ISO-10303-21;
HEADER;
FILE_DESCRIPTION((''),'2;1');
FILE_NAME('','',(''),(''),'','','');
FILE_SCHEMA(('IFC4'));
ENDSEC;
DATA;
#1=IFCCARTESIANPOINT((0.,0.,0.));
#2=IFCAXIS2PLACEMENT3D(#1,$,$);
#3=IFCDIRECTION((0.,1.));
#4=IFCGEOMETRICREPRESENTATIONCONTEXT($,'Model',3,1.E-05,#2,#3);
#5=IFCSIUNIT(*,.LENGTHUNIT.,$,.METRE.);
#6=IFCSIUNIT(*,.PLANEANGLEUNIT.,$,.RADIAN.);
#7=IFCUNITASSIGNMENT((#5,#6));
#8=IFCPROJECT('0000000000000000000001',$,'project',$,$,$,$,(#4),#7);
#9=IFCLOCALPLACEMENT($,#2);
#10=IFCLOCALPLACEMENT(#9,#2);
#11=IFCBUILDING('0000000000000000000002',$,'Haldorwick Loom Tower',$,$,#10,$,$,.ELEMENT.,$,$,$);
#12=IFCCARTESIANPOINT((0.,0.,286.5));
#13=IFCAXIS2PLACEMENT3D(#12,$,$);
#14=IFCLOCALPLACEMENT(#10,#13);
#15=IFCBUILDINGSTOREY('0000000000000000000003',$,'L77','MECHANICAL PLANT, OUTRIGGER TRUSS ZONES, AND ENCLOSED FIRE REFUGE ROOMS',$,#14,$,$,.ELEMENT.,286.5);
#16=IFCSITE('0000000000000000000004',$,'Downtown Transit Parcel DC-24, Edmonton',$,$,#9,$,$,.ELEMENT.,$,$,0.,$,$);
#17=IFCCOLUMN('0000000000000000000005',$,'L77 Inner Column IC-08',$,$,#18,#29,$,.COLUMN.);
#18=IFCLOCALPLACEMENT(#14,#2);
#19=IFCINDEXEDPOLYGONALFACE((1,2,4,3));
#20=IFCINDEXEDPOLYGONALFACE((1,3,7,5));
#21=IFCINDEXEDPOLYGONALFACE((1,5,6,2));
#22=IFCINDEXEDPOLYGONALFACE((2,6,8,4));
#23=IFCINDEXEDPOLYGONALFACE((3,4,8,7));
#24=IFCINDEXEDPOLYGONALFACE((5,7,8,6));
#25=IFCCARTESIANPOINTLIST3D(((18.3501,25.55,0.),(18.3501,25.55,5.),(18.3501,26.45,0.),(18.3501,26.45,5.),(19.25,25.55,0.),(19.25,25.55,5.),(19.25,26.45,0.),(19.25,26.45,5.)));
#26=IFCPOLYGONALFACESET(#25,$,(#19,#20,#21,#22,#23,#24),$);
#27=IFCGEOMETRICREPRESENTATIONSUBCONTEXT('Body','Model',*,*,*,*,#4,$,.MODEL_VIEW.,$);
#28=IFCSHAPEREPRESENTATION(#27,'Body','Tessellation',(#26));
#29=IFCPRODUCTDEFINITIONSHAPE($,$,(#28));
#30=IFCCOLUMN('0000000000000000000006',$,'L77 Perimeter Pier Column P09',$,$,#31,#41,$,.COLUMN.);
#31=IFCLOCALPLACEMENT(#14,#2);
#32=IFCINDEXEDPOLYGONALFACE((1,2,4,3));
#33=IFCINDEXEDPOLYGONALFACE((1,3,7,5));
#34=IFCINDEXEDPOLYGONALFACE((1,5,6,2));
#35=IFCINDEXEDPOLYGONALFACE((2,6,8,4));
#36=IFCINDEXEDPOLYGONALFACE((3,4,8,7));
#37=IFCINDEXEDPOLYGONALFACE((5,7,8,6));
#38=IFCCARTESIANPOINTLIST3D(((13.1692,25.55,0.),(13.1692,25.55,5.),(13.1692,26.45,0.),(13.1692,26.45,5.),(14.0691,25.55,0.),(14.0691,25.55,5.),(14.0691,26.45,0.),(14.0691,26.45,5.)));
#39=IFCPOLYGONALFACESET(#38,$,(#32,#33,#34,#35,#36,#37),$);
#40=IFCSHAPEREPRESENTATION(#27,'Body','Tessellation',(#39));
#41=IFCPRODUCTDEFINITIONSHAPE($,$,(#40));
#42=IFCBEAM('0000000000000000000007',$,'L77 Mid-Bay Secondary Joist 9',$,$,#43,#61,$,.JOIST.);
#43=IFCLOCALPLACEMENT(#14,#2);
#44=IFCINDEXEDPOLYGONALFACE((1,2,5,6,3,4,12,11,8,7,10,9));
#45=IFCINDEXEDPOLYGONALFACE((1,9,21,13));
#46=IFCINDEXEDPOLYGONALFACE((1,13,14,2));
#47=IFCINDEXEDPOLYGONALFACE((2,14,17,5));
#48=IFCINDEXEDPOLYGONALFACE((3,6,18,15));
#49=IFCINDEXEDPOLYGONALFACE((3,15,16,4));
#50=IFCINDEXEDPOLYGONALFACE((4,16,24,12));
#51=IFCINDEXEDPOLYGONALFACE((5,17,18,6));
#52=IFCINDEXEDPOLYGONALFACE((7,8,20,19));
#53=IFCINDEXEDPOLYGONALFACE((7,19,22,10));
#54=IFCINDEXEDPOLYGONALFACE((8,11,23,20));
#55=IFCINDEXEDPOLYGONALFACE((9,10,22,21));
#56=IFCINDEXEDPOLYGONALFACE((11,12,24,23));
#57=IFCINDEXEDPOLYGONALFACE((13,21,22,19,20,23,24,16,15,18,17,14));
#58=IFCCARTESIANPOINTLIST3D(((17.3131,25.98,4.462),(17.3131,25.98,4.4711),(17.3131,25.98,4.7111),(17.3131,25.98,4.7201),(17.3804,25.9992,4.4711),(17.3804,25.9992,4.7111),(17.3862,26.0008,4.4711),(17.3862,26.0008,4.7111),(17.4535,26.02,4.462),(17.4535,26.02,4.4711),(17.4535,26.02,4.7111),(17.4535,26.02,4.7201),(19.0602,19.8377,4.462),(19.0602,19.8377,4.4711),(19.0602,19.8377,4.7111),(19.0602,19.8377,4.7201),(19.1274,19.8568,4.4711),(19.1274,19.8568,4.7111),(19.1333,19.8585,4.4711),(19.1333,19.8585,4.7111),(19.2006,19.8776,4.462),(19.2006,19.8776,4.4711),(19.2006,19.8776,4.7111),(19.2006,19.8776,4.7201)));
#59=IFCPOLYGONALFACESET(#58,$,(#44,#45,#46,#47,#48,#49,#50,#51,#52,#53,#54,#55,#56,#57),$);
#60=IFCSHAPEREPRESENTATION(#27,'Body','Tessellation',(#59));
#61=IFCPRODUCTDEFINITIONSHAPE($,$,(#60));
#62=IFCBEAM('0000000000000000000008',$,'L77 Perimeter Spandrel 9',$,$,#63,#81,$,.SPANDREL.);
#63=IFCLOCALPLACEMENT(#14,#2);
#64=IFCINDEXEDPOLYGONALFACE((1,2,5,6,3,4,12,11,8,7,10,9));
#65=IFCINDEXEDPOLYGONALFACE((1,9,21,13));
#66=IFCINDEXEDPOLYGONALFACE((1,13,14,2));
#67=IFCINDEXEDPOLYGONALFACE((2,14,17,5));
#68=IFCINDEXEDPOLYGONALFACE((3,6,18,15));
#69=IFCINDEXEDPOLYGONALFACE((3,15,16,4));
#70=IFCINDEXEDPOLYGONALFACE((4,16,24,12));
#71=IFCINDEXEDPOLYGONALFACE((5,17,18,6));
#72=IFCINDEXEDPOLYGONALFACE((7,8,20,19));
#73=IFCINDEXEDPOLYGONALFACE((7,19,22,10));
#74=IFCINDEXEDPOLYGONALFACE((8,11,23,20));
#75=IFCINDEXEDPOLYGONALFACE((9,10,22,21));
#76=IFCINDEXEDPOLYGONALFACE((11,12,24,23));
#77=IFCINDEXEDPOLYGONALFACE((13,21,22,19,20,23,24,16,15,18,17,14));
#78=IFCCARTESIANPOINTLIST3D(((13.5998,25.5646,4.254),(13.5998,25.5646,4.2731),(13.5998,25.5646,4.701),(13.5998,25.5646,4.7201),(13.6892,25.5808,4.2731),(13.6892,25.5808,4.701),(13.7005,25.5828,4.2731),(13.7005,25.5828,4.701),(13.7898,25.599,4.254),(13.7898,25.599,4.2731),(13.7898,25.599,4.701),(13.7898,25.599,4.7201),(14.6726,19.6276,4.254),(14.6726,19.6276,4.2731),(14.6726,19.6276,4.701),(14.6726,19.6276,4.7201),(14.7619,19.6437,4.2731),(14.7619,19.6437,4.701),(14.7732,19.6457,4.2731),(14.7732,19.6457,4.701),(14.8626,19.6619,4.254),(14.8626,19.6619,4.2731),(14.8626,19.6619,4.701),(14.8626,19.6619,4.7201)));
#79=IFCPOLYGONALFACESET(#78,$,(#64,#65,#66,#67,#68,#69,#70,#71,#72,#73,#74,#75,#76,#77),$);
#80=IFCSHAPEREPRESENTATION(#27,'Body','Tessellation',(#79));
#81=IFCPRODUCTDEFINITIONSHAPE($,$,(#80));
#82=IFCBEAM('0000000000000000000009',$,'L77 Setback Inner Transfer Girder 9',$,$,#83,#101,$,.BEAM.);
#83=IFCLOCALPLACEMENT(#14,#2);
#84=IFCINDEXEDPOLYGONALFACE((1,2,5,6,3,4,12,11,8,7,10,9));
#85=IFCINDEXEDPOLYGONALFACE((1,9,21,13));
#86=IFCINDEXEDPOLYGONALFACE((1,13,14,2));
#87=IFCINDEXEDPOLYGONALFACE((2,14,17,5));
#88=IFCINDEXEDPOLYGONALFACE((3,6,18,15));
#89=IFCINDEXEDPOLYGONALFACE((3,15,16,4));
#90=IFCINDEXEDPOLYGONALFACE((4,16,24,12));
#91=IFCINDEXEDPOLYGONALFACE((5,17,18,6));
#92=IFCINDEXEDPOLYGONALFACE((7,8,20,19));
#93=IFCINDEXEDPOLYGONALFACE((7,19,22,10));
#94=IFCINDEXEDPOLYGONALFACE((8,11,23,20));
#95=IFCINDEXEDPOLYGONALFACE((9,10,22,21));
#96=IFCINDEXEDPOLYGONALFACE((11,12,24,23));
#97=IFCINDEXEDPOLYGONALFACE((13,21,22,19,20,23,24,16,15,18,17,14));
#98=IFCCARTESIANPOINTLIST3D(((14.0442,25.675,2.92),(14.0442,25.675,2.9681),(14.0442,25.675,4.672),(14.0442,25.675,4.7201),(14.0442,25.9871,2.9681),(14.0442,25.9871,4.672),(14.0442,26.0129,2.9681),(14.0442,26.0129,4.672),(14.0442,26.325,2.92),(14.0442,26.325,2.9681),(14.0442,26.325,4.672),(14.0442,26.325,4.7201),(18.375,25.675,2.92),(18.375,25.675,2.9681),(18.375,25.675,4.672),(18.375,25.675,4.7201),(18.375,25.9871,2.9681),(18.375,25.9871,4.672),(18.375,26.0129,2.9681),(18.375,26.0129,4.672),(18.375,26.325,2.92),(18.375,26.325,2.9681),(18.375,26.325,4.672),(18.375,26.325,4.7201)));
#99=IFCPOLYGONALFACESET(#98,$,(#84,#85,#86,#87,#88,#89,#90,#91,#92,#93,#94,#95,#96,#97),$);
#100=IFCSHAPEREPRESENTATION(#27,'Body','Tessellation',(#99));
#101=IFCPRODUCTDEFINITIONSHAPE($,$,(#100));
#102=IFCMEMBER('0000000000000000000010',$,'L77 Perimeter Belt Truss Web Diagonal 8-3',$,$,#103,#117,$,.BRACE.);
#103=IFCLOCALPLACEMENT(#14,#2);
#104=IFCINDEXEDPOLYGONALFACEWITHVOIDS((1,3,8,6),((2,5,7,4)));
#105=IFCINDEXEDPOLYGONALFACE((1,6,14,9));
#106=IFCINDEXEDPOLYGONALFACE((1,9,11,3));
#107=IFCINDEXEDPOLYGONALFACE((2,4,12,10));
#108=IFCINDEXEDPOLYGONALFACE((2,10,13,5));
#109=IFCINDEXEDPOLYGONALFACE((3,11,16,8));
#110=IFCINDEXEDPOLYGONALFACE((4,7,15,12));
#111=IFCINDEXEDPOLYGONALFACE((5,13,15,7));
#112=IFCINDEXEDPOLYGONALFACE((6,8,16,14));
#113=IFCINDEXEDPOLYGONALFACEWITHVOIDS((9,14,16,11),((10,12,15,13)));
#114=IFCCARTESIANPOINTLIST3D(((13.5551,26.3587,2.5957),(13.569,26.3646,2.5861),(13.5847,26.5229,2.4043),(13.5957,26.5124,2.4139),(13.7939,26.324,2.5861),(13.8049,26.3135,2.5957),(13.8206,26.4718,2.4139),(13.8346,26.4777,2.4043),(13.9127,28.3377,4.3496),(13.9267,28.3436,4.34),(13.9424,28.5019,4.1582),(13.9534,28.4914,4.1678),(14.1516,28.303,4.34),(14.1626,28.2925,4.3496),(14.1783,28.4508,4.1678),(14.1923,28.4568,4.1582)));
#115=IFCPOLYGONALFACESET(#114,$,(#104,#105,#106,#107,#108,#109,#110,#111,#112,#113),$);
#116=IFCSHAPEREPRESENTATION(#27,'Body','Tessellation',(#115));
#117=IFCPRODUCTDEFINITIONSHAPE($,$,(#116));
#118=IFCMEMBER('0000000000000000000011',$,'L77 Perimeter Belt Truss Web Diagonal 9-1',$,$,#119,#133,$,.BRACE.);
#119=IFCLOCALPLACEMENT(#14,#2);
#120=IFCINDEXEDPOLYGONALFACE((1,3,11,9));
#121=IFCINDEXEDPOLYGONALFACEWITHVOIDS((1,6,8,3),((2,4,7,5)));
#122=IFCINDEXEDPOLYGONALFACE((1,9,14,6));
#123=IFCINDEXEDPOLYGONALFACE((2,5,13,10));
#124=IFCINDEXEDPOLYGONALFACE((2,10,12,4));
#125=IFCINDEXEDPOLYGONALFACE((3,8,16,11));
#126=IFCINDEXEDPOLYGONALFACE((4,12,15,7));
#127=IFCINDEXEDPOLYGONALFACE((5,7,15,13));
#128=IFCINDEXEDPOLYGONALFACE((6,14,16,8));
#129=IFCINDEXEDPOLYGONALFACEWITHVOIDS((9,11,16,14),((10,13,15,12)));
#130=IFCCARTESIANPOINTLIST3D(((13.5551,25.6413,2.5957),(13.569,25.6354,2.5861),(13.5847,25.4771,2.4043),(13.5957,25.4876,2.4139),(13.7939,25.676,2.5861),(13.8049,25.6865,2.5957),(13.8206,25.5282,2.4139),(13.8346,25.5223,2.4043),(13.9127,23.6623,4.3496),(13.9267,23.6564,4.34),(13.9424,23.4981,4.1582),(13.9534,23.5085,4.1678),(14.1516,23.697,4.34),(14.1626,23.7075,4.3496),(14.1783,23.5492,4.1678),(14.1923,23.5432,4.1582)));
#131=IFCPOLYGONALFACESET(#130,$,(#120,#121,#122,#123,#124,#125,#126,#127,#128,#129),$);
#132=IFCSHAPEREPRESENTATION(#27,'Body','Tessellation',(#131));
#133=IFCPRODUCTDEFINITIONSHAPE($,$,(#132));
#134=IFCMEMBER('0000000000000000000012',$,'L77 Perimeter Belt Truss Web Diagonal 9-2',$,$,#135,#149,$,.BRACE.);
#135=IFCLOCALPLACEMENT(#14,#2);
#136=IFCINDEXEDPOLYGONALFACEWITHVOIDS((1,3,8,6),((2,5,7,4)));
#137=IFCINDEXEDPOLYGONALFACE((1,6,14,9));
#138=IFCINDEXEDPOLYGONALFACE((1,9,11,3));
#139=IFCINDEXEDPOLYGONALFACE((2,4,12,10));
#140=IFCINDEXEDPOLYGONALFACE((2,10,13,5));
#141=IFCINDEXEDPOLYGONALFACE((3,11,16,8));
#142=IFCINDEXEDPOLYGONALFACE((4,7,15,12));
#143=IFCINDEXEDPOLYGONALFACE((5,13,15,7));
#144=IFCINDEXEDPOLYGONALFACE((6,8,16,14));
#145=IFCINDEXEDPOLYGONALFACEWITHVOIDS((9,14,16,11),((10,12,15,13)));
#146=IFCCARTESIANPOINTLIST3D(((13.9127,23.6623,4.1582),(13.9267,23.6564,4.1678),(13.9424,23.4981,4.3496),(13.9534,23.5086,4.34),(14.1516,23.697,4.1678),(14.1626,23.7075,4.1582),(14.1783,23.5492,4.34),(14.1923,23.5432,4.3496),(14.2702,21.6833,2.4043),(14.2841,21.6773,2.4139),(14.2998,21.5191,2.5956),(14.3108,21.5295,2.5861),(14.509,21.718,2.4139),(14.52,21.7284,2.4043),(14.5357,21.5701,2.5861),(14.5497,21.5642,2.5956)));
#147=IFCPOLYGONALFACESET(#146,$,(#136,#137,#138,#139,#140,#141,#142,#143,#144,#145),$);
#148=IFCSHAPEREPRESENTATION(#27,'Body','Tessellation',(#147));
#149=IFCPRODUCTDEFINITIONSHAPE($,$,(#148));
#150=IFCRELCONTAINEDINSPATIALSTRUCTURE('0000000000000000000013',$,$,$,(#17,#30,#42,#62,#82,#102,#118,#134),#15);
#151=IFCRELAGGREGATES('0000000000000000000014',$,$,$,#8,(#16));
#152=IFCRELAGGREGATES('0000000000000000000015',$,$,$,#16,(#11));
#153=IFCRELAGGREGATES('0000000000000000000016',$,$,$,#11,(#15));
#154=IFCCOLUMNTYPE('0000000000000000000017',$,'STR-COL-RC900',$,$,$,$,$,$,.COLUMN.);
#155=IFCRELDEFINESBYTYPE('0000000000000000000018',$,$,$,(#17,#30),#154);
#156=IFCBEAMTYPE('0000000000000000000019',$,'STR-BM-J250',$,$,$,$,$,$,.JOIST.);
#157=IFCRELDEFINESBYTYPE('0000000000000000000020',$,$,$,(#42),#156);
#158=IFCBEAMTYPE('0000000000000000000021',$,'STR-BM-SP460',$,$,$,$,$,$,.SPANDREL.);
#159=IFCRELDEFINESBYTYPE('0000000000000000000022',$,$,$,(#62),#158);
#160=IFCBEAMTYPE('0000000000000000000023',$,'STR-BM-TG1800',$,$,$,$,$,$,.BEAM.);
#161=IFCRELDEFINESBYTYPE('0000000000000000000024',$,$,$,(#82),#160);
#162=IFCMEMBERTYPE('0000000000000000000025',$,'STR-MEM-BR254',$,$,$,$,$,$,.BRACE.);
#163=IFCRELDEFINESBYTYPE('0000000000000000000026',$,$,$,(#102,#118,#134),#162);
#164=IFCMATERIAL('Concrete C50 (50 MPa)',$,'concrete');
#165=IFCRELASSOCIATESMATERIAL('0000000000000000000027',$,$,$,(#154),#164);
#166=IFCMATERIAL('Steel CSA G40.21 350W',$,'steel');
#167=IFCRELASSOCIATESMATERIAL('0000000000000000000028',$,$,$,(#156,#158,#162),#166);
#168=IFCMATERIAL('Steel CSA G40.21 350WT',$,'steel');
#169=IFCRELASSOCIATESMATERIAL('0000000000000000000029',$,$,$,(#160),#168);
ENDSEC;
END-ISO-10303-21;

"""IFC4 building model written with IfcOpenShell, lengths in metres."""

from ifc_helpers import new_model, si_unit, direction, frame, origin, origin_2d, place, context, subcontext, project, spatial, rectangle, hollow_rectangle, i_section, extrude, material, material_profile, profile_set, type_object, element, save


model = new_model("IFC4")

# Units and contexts
model_context = context("Model", 3, precision=1e-05, world=origin(), true_north=direction((0.0, 1.0)))
body_context = subcontext(model_context, "Body", "Model", "MODEL_VIEW")
ifc_project = project(units=[si_unit("LENGTHUNIT", "METRE"), si_unit("PLANEANGLEUNIT", "RADIAN")], contexts=[model_context])

# Site, building, storey
site_placement = place(None, origin())
site = spatial("IfcSite", under=ifc_project, at=site_placement, Name="Downtown Transit Parcel DC-24, Edmonton", CompositionType="ELEMENT", RefElevation=0.0)
building_placement = place(site_placement, origin())
building = spatial("IfcBuilding", under=site, at=building_placement, Name="Haldorwick Loom Tower", CompositionType="ELEMENT")
storey_placement = place(building_placement, frame((0.0, 0.0, 286.5)))
storey = spatial("IfcBuildingStorey", under=building, at=storey_placement, Name="L77", Description="MECHANICAL PLANT, OUTRIGGER TRUSS ZONES, AND ENCLOSED FIRE REFUGE ROOMS", CompositionType="ELEMENT", Elevation=286.5)

# Columns
ifc_material_1 = material(Name="Concrete C50 (50 MPa)", Category="concrete")
ifc_material_profile_1 = material_profile(ifc_material_1, rectangle(XDim=0.8999, YDim=0.8999, at=origin_2d()), Name="RC900X900", Category="concrete")
ifc_profile_set_1 = profile_set([ifc_material_profile_1], Name="Concrete C50 (50 MPa)")
column_type = type_object("IfcColumnType", Name="STR-COL-RC900", PredefinedType="COLUMN", material=ifc_profile_set_1)
for number, where, z_axis, x_axis, name in (
    (1, (18.8, 26.0, 0.0), (0.0, 0.0, 1.0), (1.0, 0.0, 0.0), "L77 Inner Column IC-08"),
    (2, (13.6191, 26.0, 0.0), (0.0, 0.0, 1.0), (-1.0, 0.0, 0.0), "L77 Perimeter Pier Column P09"),
):
    element("IfcColumn", number, at=place(storey_placement, frame(where, z_axis=z_axis, x_axis=x_axis)), inside=storey, type_object=column_type, Name=name, PredefinedType="COLUMN", context=body_context, shape_type="SweptSolid", body=[
        extrude(rectangle(XDim=0.8999, YDim=0.8999, at=origin_2d()), origin(), (0.0, 0.0, 1.0), 5.0),
    ])

# Beams
ifc_material_2 = material(Name="Steel CSA G40.21 350W", Category="steel")
ifc_material_profile_2 = material_profile(ifc_material_2, i_section(OverallWidth=0.146, OverallDepth=0.2581, WebThickness=0.0061, FlangeThickness=0.009, at=origin_2d()), Name="W250X33", Category="steel")
ifc_profile_set_2 = profile_set([ifc_material_profile_2], Name="Steel CSA G40.21 350W")
beam_type_1 = type_object("IfcBeamType", Name="STR-BM-J250", PredefinedType="JOIST", material=ifc_profile_set_2)
beam_1_placement = place(storey_placement, frame((17.3833, 26.0, 4.5911), z_axis=(0.27358, -0.961849, 0.0), x_axis=(0.961849, 0.27358, 0.0)))
element("IfcBeam", 3, at=beam_1_placement, inside=storey, type_object=beam_type_1, Name="L77 Mid-Bay Secondary Joist 9", PredefinedType="JOIST", context=body_context, shape_type="SweptSolid", body=[
    extrude(i_section(OverallWidth=0.146, OverallDepth=0.2581, WebThickness=0.0061, FlangeThickness=0.009, at=origin_2d()), origin(), (0.0, 0.0, 1.0), 6.386),
])
ifc_material_profile_3 = material_profile(ifc_material_2, i_section(OverallWidth=0.1931, OverallDepth=0.4661, WebThickness=0.0115, FlangeThickness=0.019, at=origin_2d()), Name="W460X97", Category="steel")
ifc_profile_set_3 = profile_set([ifc_material_profile_3], Name="Steel CSA G40.21 350W")
beam_type_2 = type_object("IfcBeamType", Name="STR-BM-SP460", PredefinedType="SPANDREL", material=ifc_profile_set_3)
beam_2_placement = place(storey_placement, frame((13.6948, 25.5818, 4.4871), z_axis=(0.17781, -0.984065, 0.0), x_axis=(0.984065, 0.17781, 0.0)))
element("IfcBeam", 4, at=beam_2_placement, inside=storey, type_object=beam_type_2, Name="L77 Perimeter Spandrel 9", PredefinedType="SPANDREL", context=body_context, shape_type="SweptSolid", body=[
    extrude(i_section(OverallWidth=0.1931, OverallDepth=0.4661, WebThickness=0.0115, FlangeThickness=0.019, at=origin_2d()), origin(), (0.0, 0.0, 1.0), 6.0332),
])
ifc_material_3 = material(Name="Steel CSA G40.21 350WT", Category="steel")
ifc_material_profile_4 = material_profile(ifc_material_3, i_section(OverallWidth=0.6499, OverallDepth=1.8, WebThickness=0.0259, FlangeThickness=0.0481, at=origin_2d()), Name="WWF1800X650", Category="steel")
ifc_profile_set_4 = profile_set([ifc_material_profile_4], Name="Steel CSA G40.21 350WT")
beam_type_3 = type_object("IfcBeamType", Name="STR-BM-TG1800", PredefinedType="BEAM", material=ifc_profile_set_4)
beam_3_placement = place(storey_placement, frame((18.375, 26.0, 3.8201), z_axis=(-1.0, 0.0, 0.0), x_axis=(0.0, -1.0, 0.0)))
element("IfcBeam", 5, at=beam_3_placement, inside=storey, type_object=beam_type_3, Name="L77 Setback Inner Transfer Girder 9", PredefinedType="BEAM", context=body_context, shape_type="SweptSolid", body=[
    extrude(i_section(OverallWidth=0.6499, OverallDepth=1.8, WebThickness=0.0259, FlangeThickness=0.0481, at=origin_2d()), origin(), (0.0, 0.0, 1.0), 4.3308),
])

# Members
ifc_material_profile_5 = material_profile(ifc_material_2, hollow_rectangle(XDim=0.2539, YDim=0.2539, WallThickness=0.0127, at=origin_2d()), Name="HSS254X254X13", Category="steel")
ifc_profile_set_5 = profile_set([ifc_material_profile_5], Name="Steel CSA G40.21 350W")
member_type_1 = type_object("IfcMemberType", Name="STR-MEM-BR254", PredefinedType="BRACE", material=ifc_profile_set_5)
for number, where, z_axis, x_axis, name in (
    (6, (14.0525, 28.3972, 4.2539), (-0.134036, -0.741633, -0.657278), (0.984058, -0.177849, 0.0), "L77 Perimeter Belt Truss Web Diagonal 8-3"),
    (7, (13.6948, 25.5818, 2.5), (0.134036, -0.741633, 0.657278), (0.984058, 0.177849, 0.0), "L77 Perimeter Belt Truss Web Diagonal 9-1"),
    (8, (14.0525, 23.6028, 4.2539), (0.133946, -0.741643, -0.657286), (0.984079, 0.177732, 0.0), "L77 Perimeter Belt Truss Web Diagonal 9-2"),
):
    element("IfcMember", number, at=place(storey_placement, frame(where, z_axis=z_axis, x_axis=x_axis)), inside=storey, type_object=member_type_1, Name=name, PredefinedType="BRACE", context=body_context, shape_type="SweptSolid", body=[
        extrude(hollow_rectangle(XDim=0.2539, YDim=0.2539, WallThickness=0.0127, at=origin_2d()), origin(), (0.0, 0.0, 1.0), 2.6685),
    ])

save(model, "model.ifc")
